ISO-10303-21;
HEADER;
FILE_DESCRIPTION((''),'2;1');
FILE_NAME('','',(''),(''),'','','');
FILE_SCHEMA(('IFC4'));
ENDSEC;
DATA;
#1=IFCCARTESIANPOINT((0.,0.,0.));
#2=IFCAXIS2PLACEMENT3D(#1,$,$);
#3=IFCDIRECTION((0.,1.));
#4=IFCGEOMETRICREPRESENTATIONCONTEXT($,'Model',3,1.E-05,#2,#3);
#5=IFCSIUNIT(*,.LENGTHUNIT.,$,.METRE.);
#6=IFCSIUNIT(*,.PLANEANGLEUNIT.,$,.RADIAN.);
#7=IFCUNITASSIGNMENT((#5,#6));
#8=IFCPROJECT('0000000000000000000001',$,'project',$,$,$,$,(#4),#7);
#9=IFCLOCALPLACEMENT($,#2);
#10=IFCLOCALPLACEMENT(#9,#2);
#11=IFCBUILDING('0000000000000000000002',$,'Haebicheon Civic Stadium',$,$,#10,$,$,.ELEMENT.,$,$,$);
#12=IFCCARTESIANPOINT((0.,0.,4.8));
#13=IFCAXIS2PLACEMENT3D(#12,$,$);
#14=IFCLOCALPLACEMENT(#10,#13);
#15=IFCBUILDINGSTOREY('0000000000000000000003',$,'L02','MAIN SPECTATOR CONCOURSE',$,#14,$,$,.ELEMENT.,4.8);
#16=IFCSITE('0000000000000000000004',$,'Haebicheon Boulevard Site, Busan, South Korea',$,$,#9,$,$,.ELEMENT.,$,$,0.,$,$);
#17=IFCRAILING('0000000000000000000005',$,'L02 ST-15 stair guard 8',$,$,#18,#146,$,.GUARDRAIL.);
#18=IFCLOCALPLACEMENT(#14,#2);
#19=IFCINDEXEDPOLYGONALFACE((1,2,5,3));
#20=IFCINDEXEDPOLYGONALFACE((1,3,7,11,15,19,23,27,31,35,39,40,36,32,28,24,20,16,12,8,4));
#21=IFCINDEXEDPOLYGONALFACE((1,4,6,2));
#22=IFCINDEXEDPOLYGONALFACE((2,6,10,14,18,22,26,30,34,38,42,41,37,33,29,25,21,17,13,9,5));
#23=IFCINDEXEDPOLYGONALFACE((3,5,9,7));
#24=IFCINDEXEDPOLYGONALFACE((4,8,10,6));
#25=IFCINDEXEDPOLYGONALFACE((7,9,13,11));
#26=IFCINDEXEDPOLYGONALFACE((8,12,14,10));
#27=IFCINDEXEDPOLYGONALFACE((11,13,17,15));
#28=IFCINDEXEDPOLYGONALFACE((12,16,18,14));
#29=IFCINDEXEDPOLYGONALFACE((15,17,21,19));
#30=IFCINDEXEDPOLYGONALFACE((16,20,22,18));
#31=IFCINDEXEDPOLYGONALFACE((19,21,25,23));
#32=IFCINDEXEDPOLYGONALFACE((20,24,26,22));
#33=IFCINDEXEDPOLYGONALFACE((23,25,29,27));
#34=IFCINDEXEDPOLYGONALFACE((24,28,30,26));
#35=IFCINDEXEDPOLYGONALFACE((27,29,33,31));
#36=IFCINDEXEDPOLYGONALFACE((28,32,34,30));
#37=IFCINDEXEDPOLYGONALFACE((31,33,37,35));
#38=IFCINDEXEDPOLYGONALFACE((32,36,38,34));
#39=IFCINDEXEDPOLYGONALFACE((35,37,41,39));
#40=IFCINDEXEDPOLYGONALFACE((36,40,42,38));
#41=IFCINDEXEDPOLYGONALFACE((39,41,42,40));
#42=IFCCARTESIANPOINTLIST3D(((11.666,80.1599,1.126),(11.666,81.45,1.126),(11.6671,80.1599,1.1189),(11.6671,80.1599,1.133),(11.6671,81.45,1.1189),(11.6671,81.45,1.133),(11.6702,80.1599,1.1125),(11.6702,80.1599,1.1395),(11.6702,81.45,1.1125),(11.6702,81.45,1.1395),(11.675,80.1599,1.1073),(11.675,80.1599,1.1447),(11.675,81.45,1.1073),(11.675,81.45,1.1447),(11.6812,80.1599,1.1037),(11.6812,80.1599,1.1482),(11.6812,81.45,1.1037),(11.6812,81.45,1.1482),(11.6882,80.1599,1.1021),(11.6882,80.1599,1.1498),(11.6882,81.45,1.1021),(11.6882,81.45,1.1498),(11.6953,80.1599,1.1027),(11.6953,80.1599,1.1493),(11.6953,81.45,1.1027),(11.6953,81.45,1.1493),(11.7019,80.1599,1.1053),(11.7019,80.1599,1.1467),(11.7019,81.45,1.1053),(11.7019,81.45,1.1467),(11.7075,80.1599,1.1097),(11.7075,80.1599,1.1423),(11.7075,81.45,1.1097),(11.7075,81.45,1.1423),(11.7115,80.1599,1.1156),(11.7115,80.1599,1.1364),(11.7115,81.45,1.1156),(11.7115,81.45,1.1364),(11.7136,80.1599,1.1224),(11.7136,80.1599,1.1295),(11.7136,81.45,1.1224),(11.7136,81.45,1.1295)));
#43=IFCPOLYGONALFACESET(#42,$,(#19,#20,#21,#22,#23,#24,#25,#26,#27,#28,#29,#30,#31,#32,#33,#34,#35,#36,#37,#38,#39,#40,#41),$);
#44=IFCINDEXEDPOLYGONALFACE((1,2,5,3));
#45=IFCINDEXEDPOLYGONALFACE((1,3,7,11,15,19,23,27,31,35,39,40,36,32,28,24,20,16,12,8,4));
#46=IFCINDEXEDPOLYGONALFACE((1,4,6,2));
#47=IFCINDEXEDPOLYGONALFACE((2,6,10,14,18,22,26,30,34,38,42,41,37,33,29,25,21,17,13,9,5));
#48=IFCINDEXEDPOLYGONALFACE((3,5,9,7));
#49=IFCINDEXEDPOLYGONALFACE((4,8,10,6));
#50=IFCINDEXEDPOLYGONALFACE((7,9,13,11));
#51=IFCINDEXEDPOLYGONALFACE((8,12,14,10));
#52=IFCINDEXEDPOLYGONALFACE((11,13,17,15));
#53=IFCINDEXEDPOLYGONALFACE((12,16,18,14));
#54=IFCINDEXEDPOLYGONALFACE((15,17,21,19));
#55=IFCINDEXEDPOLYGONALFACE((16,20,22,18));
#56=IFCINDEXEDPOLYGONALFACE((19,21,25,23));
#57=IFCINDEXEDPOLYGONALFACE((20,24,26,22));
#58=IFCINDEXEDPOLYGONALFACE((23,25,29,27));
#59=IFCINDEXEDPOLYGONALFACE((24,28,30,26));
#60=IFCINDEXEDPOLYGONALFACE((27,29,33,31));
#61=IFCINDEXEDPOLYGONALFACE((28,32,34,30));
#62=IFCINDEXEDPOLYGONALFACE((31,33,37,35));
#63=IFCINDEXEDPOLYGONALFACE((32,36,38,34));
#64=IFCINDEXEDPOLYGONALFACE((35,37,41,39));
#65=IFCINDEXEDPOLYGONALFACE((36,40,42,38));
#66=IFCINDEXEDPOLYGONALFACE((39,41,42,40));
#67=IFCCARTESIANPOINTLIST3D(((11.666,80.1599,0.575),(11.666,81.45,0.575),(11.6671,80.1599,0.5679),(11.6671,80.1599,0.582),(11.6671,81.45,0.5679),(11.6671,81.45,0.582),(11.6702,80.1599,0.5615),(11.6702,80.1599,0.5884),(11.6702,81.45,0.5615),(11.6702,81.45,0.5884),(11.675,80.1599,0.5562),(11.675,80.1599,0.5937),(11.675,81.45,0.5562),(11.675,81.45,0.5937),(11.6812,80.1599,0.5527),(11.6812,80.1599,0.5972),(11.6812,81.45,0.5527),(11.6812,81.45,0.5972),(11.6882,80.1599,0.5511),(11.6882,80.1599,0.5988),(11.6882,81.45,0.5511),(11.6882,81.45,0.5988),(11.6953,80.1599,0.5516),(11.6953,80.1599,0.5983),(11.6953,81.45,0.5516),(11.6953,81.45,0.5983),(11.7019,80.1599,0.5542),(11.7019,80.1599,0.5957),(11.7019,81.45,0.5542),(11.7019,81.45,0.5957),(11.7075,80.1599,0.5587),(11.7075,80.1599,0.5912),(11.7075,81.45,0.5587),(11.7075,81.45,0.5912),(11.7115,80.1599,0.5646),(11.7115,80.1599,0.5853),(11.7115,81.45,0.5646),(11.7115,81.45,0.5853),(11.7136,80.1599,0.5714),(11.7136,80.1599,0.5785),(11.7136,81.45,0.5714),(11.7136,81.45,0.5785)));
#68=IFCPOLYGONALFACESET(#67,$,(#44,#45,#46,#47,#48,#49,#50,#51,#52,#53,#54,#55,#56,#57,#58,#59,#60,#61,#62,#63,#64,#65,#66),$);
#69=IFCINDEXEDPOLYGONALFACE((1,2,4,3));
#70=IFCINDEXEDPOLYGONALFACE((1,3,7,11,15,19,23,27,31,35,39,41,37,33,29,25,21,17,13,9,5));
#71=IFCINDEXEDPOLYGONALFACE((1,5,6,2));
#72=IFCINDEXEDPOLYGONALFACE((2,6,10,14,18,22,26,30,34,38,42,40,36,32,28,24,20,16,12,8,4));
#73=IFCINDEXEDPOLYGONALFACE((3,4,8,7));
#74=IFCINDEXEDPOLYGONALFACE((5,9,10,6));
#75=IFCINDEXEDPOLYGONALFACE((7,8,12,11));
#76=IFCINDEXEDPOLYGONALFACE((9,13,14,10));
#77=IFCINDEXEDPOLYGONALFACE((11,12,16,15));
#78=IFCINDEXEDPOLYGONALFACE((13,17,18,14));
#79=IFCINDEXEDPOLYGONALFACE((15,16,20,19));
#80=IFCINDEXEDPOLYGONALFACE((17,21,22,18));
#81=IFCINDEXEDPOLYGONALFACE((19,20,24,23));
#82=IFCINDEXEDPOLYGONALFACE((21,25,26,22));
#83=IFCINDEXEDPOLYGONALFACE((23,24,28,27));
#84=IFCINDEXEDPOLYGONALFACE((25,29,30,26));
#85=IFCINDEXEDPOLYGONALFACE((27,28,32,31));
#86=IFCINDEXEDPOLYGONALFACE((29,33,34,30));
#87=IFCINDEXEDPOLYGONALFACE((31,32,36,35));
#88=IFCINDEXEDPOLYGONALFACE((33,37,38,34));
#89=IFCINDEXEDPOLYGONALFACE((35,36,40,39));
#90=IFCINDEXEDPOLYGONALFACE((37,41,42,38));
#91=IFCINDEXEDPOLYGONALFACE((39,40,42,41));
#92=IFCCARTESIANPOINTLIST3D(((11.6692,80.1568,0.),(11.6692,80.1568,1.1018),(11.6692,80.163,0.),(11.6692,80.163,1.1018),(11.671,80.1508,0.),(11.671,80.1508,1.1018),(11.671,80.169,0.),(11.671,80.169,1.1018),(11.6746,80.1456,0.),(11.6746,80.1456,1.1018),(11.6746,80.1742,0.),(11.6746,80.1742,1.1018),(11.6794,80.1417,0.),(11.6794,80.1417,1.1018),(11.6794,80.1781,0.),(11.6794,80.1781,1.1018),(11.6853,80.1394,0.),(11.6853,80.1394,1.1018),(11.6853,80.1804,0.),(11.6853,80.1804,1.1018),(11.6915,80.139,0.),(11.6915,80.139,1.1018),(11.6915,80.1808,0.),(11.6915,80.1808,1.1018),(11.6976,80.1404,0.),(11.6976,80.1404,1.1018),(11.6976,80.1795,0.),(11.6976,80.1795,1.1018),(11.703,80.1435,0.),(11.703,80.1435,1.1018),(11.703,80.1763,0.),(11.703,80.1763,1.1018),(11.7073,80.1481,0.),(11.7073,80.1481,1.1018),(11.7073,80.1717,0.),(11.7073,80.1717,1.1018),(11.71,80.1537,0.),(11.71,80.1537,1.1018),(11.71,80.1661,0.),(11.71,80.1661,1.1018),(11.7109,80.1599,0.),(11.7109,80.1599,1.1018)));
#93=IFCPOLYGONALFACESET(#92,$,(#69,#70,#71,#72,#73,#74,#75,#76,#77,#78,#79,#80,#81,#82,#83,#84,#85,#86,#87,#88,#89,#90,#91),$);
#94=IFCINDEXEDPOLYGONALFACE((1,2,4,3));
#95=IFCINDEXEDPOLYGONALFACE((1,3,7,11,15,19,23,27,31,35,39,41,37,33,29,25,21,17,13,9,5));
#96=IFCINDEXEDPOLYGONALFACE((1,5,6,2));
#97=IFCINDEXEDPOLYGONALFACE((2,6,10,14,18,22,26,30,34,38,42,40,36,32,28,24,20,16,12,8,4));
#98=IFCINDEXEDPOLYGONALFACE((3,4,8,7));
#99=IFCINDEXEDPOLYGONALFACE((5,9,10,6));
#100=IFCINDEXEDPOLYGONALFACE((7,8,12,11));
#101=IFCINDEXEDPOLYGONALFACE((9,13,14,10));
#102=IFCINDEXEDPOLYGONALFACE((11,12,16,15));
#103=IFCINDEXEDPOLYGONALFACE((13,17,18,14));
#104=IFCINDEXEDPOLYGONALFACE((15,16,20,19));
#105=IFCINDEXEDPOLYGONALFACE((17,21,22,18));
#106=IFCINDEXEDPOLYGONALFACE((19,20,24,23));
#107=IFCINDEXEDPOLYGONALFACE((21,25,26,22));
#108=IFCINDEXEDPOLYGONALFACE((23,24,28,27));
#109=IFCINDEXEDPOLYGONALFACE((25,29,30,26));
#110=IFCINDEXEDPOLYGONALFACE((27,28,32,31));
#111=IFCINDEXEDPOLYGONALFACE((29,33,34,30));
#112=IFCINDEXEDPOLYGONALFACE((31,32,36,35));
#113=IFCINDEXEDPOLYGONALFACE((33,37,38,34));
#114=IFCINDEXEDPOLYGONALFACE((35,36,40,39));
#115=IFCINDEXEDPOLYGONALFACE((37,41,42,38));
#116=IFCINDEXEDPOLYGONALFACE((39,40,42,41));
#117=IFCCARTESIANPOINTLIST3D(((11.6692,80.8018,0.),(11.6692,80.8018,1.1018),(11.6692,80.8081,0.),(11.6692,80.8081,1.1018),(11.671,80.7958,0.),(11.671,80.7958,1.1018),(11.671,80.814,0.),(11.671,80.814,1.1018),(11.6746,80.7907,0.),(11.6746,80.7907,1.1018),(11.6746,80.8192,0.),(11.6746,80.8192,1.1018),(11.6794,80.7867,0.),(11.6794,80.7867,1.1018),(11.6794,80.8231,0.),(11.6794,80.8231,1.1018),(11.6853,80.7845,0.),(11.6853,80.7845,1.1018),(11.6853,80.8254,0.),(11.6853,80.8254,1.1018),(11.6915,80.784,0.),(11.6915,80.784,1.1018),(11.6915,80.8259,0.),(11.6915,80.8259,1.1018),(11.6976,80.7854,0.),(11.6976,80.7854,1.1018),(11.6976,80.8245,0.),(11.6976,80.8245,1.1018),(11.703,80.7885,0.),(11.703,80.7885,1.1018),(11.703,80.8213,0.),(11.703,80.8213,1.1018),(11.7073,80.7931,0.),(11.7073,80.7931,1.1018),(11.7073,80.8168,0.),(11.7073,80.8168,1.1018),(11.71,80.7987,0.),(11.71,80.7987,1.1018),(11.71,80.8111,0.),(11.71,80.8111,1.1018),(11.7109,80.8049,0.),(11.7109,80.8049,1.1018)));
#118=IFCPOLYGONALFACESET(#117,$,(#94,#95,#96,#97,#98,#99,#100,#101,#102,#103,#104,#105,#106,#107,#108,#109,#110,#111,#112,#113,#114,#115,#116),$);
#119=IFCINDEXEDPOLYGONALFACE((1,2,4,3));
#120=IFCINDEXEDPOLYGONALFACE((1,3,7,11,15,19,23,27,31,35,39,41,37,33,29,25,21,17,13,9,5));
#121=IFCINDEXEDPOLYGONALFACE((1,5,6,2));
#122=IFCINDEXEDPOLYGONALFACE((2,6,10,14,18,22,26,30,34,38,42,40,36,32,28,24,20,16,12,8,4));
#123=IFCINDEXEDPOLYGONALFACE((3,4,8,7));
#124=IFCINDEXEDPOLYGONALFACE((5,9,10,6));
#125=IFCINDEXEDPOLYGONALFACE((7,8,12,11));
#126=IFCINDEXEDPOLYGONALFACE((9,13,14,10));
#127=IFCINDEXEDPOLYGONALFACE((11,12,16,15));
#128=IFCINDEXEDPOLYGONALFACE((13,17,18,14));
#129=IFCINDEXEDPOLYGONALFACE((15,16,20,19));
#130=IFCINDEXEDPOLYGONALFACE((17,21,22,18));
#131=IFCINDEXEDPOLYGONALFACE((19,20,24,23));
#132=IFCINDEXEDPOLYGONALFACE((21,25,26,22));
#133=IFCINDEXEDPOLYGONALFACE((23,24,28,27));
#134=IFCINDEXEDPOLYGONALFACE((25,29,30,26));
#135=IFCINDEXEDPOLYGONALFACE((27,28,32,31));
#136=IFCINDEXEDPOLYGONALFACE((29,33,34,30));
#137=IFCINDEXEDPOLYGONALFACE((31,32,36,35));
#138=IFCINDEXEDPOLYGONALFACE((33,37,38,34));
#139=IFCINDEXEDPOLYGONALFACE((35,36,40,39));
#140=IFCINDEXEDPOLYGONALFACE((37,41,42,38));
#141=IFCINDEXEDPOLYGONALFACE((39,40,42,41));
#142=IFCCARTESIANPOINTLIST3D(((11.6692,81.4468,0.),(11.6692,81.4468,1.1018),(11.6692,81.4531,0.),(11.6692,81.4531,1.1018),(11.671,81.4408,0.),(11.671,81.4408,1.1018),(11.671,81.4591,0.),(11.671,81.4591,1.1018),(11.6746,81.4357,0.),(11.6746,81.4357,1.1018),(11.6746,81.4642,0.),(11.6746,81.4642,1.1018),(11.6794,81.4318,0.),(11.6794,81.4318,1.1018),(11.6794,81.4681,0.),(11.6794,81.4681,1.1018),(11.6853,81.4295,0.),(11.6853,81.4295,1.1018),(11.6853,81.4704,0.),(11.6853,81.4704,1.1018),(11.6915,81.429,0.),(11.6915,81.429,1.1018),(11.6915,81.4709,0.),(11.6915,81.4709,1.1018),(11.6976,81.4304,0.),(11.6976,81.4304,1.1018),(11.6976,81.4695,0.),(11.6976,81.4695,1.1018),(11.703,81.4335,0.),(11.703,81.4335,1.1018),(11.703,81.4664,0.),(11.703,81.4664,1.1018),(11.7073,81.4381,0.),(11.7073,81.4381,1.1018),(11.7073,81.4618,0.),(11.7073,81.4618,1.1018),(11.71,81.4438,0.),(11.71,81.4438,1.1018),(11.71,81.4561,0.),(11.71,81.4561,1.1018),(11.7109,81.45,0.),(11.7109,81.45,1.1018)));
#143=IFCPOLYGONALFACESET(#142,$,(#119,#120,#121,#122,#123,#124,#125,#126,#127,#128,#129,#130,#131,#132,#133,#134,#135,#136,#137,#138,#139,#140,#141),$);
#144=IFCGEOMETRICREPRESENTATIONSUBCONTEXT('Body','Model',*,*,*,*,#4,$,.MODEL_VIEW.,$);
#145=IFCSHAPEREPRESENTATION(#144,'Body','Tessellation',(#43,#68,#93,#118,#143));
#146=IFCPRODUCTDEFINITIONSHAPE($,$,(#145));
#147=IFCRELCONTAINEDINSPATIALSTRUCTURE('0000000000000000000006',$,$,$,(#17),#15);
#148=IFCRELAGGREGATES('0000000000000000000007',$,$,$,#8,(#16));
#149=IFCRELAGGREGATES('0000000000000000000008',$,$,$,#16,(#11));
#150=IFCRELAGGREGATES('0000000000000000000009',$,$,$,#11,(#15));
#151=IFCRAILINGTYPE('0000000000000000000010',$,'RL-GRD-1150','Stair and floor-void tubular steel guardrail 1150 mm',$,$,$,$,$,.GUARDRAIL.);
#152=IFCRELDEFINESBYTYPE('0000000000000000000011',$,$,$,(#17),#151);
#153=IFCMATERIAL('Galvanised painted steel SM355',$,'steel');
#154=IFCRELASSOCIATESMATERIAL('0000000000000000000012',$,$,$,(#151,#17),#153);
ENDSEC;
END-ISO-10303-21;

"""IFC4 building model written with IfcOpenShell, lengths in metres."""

from ifc_helpers import new_model, si_unit, direction, frame, origin, origin_2d, place, context, subcontext, project, spatial, circle, extrude, material, type_object, element, save


model = new_model("IFC4")

# Units and contexts
model_context = context("Model", 3, precision=1e-05, world=origin(), true_north=direction((0.0, 1.0)))
body_context = subcontext(model_context, "Body", "Model", "MODEL_VIEW")
ifc_project = project(units=[si_unit("LENGTHUNIT", "METRE"), si_unit("PLANEANGLEUNIT", "RADIAN")], contexts=[model_context])

# Site, building, storey
site_placement = place(None, origin())
site = spatial("IfcSite", under=ifc_project, at=site_placement, Name="Haebicheon Boulevard Site, Busan, South Korea", CompositionType="ELEMENT", RefElevation=0.0)
building_placement = place(site_placement, origin())
building = spatial("IfcBuilding", under=site, at=building_placement, Name="Haebicheon Civic Stadium", CompositionType="ELEMENT")
storey_placement = place(building_placement, frame((0.0, 0.0, 4.8)))
storey = spatial("IfcBuildingStorey", under=building, at=storey_placement, Name="L02", Description="MAIN SPECTATOR CONCOURSE", CompositionType="ELEMENT", Elevation=4.8)

# Railing
ifc_material_1 = material(Name="Galvanised painted steel SM355", Category="steel")
railing_type = type_object("IfcRailingType", Name="RL-GRD-1150", Description="Stair and floor-void tubular steel guardrail 1150 mm", PredefinedType="GUARDRAIL", material=ifc_material_1)
for number, where, name in (
    (1, (11.6899, 80.1599, 0.0), "L02 ST-15 stair guard 8"),
):
    element("IfcRailing", number, at=place(storey_placement, frame(where)), inside=storey, type_object=railing_type, material=ifc_material_1, Name=name, PredefinedType="GUARDRAIL", context=body_context, shape_type="SweptSolid", body=[
        extrude(circle(Radius=0.0239, at=origin_2d()), frame((0.0, 0.0, 1.126), z_axis=(0.0, 1.0, 0.0), x_axis=(-1.0, 0.0, 0.0)), (0.0, 0.0, 1.0), 1.29),
        extrude(circle(Radius=0.0239, at=origin_2d()), frame((0.0, 0.0, 0.575), z_axis=(0.0, 1.0, 0.0), x_axis=(-1.0, 0.0, 0.0)), (0.0, 0.0, 1.0), 1.29),
        extrude(circle(Radius=0.021, at=origin_2d()), origin(), (0.0, 0.0, 1.0), 1.1018),
        extrude(circle(Radius=0.021, at=origin_2d()), frame((0.0, 0.645, 0.0)), (0.0, 0.0, 1.0), 1.1018),
        extrude(circle(Radius=0.021, at=origin_2d()), frame((0.0, 1.29, 0.0)), (0.0, 0.0, 1.0), 1.1018),
    ])

save(model, "model.ifc")
